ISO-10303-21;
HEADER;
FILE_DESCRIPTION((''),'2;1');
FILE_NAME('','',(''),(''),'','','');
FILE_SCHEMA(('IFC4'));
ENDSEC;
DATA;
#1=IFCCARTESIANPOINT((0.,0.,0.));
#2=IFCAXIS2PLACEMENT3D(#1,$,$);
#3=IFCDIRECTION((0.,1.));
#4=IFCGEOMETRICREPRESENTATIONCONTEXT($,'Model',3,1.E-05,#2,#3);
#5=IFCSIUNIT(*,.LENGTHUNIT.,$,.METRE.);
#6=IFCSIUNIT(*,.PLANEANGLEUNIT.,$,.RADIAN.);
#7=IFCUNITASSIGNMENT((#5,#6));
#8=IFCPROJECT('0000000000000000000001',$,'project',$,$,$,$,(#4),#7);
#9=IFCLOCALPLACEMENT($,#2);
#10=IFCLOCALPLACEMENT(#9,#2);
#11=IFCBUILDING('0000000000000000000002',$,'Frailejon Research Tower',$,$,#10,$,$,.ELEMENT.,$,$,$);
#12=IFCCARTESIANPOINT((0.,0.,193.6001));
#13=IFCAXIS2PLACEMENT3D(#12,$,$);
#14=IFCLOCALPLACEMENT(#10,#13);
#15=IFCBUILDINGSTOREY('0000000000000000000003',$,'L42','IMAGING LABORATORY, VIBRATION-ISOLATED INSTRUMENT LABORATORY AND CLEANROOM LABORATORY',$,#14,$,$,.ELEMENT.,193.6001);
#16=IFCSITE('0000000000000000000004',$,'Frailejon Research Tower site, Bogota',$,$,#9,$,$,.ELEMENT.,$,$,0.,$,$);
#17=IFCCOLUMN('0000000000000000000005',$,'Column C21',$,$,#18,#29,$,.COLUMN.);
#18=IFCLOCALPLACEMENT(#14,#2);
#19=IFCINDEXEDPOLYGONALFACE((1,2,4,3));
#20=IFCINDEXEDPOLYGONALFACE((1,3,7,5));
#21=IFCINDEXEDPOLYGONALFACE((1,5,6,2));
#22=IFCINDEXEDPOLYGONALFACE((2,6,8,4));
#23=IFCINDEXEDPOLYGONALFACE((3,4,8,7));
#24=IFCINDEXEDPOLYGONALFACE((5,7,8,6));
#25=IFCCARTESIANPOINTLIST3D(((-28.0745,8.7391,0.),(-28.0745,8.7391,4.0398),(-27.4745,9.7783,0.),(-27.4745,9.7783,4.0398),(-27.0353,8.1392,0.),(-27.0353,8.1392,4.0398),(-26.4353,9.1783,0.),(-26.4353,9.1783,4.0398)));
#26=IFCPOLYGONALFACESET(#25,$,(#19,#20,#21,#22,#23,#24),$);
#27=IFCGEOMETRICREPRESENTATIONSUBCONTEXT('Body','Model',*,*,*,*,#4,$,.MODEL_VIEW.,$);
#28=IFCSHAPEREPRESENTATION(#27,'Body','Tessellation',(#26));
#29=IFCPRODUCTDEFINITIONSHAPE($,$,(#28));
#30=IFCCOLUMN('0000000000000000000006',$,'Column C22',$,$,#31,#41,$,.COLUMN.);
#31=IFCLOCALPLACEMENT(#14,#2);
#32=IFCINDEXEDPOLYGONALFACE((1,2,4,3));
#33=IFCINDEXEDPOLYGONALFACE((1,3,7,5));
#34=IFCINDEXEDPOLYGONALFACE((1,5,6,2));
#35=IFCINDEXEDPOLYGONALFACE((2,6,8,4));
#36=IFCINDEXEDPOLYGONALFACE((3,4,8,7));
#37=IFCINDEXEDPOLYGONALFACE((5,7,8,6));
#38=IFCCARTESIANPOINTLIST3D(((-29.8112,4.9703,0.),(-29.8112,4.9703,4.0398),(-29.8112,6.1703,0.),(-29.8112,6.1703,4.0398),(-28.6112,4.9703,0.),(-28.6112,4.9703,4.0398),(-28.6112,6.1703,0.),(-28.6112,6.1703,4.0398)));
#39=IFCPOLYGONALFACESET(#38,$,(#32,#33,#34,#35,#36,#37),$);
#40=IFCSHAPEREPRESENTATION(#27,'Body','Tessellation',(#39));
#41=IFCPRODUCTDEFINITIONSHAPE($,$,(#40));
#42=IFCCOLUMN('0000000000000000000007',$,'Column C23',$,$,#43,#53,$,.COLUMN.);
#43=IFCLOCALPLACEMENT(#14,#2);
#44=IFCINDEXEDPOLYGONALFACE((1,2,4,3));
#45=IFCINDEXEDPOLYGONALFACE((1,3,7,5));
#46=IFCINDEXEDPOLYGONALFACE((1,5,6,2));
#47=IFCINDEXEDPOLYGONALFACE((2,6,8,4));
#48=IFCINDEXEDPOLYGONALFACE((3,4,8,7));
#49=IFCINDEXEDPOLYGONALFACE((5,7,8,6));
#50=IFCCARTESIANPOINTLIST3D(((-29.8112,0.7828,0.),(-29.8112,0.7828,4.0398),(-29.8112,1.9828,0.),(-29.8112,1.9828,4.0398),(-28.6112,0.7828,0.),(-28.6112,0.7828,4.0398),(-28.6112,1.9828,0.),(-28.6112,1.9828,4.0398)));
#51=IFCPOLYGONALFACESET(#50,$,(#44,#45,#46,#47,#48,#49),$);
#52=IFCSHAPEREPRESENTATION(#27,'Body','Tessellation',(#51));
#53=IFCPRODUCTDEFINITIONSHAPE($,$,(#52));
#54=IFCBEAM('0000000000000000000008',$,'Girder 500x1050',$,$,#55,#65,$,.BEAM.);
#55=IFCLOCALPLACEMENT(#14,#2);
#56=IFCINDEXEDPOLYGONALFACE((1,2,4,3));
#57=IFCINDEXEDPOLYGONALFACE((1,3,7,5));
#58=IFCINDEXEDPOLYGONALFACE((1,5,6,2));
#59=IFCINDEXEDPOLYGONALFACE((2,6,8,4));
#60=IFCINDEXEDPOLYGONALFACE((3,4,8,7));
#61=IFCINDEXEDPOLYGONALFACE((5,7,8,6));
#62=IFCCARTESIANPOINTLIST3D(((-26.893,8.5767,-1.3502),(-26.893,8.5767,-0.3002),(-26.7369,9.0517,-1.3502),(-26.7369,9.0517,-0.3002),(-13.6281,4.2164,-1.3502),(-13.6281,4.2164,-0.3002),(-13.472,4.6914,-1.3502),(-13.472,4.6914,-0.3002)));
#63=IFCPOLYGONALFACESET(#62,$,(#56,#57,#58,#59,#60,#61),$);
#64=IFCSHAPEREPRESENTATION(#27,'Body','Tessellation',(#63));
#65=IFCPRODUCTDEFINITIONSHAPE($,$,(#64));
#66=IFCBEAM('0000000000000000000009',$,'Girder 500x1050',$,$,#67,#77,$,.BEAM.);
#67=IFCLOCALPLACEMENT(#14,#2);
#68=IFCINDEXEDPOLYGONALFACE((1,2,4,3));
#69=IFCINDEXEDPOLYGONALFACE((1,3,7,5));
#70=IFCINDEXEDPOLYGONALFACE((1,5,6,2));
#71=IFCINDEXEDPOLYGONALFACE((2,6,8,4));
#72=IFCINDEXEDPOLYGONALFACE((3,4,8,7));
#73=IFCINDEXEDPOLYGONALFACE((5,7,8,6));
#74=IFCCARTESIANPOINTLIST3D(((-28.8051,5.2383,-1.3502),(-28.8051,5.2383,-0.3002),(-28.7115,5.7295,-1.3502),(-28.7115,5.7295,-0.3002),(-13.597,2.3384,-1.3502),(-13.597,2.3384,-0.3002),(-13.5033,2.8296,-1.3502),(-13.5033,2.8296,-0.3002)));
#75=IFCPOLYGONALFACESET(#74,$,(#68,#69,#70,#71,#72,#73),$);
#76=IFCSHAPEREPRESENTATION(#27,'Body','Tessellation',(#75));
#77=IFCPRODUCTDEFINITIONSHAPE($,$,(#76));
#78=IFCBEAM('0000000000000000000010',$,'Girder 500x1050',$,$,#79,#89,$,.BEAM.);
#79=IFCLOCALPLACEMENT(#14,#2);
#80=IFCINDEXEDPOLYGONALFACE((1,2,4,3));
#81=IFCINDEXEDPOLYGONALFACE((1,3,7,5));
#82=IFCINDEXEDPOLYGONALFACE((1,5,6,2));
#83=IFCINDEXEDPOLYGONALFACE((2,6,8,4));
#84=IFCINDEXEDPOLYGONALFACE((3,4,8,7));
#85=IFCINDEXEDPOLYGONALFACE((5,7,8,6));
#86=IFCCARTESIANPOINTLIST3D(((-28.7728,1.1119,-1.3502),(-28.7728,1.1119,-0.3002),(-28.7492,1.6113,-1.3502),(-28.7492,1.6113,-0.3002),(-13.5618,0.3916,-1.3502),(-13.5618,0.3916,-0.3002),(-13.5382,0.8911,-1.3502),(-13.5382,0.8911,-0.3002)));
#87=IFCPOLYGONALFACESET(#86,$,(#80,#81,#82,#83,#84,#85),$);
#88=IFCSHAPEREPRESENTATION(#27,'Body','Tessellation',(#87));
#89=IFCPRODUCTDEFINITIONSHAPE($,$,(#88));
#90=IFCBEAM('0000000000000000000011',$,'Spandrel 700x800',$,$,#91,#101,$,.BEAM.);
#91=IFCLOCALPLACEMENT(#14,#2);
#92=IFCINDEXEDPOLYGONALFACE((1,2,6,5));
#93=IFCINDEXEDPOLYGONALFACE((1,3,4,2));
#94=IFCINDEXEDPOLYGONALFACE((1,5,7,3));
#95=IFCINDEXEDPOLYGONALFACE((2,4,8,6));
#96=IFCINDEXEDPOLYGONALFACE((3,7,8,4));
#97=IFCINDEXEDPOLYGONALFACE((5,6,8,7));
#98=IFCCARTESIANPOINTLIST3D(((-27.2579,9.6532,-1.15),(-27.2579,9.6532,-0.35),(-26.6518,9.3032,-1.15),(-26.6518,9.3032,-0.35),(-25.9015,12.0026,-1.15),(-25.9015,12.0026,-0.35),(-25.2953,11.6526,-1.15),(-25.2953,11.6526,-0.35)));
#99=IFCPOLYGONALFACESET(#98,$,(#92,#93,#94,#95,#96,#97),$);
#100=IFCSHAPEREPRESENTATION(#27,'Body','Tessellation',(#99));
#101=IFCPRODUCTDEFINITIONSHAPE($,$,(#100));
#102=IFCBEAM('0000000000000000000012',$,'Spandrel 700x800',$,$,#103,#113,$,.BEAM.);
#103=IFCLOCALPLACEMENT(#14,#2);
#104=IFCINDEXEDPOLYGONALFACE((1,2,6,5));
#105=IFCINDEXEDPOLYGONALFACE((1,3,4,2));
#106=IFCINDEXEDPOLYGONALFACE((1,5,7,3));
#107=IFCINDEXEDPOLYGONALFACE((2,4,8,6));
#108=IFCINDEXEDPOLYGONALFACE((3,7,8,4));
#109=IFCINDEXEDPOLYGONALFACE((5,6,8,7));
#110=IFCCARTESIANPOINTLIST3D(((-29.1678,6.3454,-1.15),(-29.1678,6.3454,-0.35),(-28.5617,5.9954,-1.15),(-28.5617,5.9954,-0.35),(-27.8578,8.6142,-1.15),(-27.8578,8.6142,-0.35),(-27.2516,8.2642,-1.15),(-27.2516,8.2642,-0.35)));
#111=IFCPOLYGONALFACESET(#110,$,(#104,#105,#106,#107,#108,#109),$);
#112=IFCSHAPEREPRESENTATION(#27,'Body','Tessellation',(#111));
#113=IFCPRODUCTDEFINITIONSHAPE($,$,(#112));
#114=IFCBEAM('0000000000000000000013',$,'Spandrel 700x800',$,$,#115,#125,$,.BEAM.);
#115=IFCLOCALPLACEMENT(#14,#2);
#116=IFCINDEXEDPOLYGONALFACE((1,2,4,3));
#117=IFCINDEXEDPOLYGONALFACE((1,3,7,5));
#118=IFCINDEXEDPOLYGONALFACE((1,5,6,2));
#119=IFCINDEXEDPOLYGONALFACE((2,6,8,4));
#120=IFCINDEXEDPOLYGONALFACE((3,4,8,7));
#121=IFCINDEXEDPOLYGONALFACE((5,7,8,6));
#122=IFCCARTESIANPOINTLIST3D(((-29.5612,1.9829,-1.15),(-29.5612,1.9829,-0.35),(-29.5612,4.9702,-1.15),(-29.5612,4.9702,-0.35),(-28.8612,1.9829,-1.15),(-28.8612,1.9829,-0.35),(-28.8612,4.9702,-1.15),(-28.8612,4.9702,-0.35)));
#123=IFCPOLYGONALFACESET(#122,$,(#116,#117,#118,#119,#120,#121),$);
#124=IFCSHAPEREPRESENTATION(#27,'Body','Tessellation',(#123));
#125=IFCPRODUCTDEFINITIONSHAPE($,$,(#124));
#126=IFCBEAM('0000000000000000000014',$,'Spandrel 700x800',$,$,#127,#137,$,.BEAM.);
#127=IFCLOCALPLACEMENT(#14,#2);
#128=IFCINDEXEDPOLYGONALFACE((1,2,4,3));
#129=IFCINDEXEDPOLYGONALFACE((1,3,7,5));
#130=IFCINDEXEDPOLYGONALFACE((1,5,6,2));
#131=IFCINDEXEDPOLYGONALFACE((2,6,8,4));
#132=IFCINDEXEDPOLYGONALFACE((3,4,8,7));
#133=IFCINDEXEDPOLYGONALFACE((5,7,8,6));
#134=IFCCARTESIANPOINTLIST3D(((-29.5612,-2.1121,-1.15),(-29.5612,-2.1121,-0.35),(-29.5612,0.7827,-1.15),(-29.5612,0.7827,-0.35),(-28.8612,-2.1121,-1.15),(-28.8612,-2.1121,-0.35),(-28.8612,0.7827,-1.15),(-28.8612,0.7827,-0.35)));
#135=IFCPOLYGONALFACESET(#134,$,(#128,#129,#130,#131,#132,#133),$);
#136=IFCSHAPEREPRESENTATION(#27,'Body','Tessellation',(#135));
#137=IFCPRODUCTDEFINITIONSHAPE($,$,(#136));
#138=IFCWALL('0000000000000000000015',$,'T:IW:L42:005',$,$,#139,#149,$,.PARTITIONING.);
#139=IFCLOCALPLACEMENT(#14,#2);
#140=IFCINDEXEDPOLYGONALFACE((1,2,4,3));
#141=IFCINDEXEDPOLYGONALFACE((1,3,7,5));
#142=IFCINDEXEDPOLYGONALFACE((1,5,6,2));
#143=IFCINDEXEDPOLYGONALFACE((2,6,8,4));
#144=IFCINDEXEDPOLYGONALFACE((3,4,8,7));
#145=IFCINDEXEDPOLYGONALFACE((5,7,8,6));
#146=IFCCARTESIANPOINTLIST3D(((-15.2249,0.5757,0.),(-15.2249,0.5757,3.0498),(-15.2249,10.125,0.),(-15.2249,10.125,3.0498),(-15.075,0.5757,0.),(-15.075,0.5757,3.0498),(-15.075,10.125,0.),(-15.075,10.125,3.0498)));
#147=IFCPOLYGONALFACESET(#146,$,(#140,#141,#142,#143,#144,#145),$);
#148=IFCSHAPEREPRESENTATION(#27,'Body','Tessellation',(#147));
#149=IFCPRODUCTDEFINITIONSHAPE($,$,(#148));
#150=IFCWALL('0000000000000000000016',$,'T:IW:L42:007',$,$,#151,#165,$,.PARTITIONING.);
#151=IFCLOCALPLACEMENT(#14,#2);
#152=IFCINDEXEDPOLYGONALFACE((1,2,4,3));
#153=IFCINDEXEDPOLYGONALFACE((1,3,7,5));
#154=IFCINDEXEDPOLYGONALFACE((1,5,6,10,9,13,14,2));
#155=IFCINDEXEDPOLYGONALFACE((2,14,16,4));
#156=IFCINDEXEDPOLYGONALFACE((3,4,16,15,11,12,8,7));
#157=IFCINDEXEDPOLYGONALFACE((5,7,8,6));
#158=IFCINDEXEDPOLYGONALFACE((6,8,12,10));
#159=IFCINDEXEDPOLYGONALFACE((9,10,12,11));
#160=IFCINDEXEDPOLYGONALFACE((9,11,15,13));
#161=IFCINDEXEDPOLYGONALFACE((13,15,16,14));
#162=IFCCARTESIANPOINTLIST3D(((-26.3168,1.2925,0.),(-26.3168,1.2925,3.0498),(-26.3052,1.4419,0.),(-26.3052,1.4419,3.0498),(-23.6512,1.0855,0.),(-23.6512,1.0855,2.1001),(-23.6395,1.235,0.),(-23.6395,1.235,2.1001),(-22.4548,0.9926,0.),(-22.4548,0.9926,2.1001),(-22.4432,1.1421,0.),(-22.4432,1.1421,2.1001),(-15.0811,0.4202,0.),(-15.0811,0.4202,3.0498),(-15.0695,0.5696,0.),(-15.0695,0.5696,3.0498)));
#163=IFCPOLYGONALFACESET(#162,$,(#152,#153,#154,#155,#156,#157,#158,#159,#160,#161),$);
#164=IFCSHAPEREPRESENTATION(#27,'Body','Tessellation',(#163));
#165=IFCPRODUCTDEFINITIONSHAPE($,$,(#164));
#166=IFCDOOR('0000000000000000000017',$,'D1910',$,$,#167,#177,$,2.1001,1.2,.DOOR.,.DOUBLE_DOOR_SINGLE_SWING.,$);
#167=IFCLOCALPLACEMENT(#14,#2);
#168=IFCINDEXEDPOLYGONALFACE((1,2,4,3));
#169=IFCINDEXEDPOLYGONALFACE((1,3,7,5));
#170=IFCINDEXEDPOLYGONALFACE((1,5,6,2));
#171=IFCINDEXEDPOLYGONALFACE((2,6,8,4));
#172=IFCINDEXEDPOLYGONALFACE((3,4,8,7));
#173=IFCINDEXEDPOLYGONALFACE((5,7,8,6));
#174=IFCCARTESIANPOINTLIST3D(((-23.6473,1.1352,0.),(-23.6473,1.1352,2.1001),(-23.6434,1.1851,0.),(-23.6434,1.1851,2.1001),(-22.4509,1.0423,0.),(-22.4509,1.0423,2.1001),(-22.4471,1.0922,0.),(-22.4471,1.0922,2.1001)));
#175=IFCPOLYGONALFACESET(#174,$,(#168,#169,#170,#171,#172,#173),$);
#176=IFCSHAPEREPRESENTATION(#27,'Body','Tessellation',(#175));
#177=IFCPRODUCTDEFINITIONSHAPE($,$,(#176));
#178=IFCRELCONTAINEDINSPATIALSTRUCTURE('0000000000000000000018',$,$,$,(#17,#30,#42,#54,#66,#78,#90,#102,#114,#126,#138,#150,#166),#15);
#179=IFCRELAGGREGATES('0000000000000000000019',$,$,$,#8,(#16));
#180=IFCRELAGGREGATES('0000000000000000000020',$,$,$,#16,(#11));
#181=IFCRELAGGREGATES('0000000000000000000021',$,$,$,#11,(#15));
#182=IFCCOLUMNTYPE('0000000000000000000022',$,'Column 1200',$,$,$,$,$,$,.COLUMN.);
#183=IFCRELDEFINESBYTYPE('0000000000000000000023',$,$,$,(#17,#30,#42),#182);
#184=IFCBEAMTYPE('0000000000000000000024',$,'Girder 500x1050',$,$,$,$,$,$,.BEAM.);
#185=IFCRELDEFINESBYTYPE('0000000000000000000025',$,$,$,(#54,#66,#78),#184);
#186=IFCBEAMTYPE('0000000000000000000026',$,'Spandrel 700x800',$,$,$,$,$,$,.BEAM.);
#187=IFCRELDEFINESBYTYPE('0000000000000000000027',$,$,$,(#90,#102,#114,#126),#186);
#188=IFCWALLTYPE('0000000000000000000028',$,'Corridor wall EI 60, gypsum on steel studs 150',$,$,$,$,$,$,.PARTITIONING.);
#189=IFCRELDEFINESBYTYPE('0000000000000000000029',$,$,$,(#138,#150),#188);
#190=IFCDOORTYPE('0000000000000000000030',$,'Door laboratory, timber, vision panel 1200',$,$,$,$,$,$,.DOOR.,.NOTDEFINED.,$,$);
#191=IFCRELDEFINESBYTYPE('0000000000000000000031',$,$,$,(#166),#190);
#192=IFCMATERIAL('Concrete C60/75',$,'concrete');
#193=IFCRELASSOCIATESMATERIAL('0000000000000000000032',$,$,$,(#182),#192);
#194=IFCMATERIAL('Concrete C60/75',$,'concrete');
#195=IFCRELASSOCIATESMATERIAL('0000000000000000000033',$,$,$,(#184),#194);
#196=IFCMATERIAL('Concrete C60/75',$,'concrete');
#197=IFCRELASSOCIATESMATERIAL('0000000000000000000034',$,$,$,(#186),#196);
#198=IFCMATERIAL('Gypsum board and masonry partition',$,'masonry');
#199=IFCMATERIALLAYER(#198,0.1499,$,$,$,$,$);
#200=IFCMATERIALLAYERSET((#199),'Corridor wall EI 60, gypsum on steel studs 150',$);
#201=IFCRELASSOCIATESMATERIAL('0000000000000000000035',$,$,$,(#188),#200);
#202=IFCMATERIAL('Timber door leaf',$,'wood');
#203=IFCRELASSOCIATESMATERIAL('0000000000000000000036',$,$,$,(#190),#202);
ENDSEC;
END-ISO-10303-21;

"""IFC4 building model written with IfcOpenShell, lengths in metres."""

from ifc_helpers import new_model, si_unit, direction, frame, frame_2d, origin, origin_2d, place, context, subcontext, project, spatial, rectangle, extrude, material, layer, layer_set, material_profile, profile_set, type_object, element, fill, save


model = new_model("IFC4")

# Units and contexts
model_context = context("Model", 3, precision=1e-05, world=origin(), true_north=direction((0.0, 1.0)))
body_context = subcontext(model_context, "Body", "Model", "MODEL_VIEW")
ifc_project = project(units=[si_unit("LENGTHUNIT", "METRE"), si_unit("PLANEANGLEUNIT", "RADIAN")], contexts=[model_context])

# Site, building, storey
site_placement = place(None, origin())
site = spatial("IfcSite", under=ifc_project, at=site_placement, Name="Frailejon Research Tower site, Bogota", CompositionType="ELEMENT", RefElevation=0.0)
building_placement = place(site_placement, origin())
building = spatial("IfcBuilding", under=site, at=building_placement, Name="Frailejon Research Tower", CompositionType="ELEMENT")
storey_placement = place(building_placement, frame((0.0, 0.0, 193.6001)))
storey = spatial("IfcBuildingStorey", under=building, at=storey_placement, Name="L42", Description="IMAGING LABORATORY, VIBRATION-ISOLATED INSTRUMENT LABORATORY AND CLEANROOM LABORATORY", CompositionType="ELEMENT", Elevation=193.6001)

# Columns
ifc_material_1 = material(Name="Concrete C60/75", Category="concrete")
ifc_material_profile_1 = material_profile(ifc_material_1, rectangle(XDim=1.2, YDim=1.2, at=origin_2d()), Name="Column 1200")
ifc_profile_set_1 = profile_set([ifc_material_profile_1], Name="Concrete C60/75")
column_type = type_object("IfcColumnType", Name="Column 1200", PredefinedType="COLUMN", material=ifc_profile_set_1)
for number, where, z_axis, x_axis, name in (
    (1, (-27.2549, 8.9587, 0.0), (0.0, 0.0, 1.0), (-0.5, -0.866025, 0.0), "Column C21"),
    (2, (-29.2112, 5.5703, 0.0), (0.0, 0.0, 1.0), (0.0, -1.0, 0.0), "Column C22"),
    (3, (-29.2112, 1.3828, 0.0), (0.0, 0.0, 1.0), (0.0, -1.0, 0.0), "Column C23"),
):
    element("IfcColumn", number, at=place(storey_placement, frame(where, z_axis=z_axis, x_axis=x_axis)), inside=storey, type_object=column_type, Name=name, PredefinedType="COLUMN", context=body_context, shape_type="SweptSolid", body=[
        extrude(rectangle(XDim=1.2, YDim=1.2, at=origin_2d()), origin(), (0.0, 0.0, 1.0), 4.0398),
    ])

# Beams
ifc_material_2 = material(Name="Concrete C60/75", Category="concrete")
ifc_material_profile_2 = material_profile(ifc_material_2, rectangle(XDim=0.5, YDim=1.05, at=origin_2d()), Name="Girder 500x1050")
ifc_profile_set_2 = profile_set([ifc_material_profile_2], Name="Concrete C60/75")
beam_type_1 = type_object("IfcBeamType", Name="Girder 500x1050", PredefinedType="BEAM", material=ifc_profile_set_2)
beam_1_placement = place(storey_placement, frame((-26.8149, 8.8142, -0.8252), z_axis=(0.949992, -0.312275, 0.0), x_axis=(0.312275, 0.949992, 0.0)))
element("IfcBeam", 4, at=beam_1_placement, inside=storey, type_object=beam_type_1, Name="Girder 500x1050", PredefinedType="BEAM", context=body_context, shape_type="SweptSolid", body=[
    extrude(rectangle(XDim=0.5, YDim=1.05, at=origin_2d()), origin(), (0.0, 0.0, 1.0), 13.9631),
])
beam_2_placement = place(storey_placement, frame((-28.7583, 5.4839, -0.8252), z_axis=(0.982302, -0.187305, 0.0), x_axis=(0.187305, 0.982302, 0.0)))
element("IfcBeam", 5, at=beam_2_placement, inside=storey, type_object=beam_type_1, Name="Girder 500x1050", PredefinedType="BEAM", context=body_context, shape_type="SweptSolid", body=[
    extrude(rectangle(XDim=0.5, YDim=1.05, at=origin_2d()), origin(), (0.0, 0.0, 1.0), 15.4822),
])
beam_3_placement = place(storey_placement, frame((-28.761, 1.3616, -0.8252), z_axis=(0.998881, -0.047295, 0.0), x_axis=(0.047295, 0.998881, 0.0)))
element("IfcBeam", 6, at=beam_3_placement, inside=storey, type_object=beam_type_1, Name="Girder 500x1050", PredefinedType="BEAM", context=body_context, shape_type="SweptSolid", body=[
    extrude(rectangle(XDim=0.5, YDim=1.05, at=origin_2d()), origin(), (0.0, 0.0, 1.0), 15.228),
])
ifc_material_3 = material(Name="Concrete C60/75", Category="concrete")
ifc_material_profile_3 = material_profile(ifc_material_3, rectangle(XDim=0.7, YDim=0.8, at=origin_2d()), Name="Spandrel 700x800")
ifc_profile_set_3 = profile_set([ifc_material_profile_3], Name="Concrete C60/75")
beam_type_2 = type_object("IfcBeamType", Name="Spandrel 700x800", PredefinedType="BEAM", material=ifc_profile_set_3)
beam_4_placement = place(storey_placement, frame((-25.5984, 11.8276, -0.75), z_axis=(-0.500011, -0.866019, 0.0), x_axis=(0.866019, -0.500011, 0.0)))
element("IfcBeam", 7, at=beam_4_placement, inside=storey, type_object=beam_type_2, Name="Spandrel 700x800", PredefinedType="BEAM", context=body_context, shape_type="SweptSolid", body=[
    extrude(rectangle(XDim=0.7, YDim=0.8, at=origin_2d()), origin(), (0.0, 0.0, 1.0), 2.7129),
])
beam_5_placement = place(storey_placement, frame((-27.5547, 8.4392, -0.75), z_axis=(-0.500048, -0.865998, 0.0), x_axis=(0.865998, -0.500048, 0.0)))
element("IfcBeam", 8, at=beam_5_placement, inside=storey, type_object=beam_type_2, Name="Spandrel 700x800", PredefinedType="BEAM", context=body_context, shape_type="SweptSolid", body=[
    extrude(rectangle(XDim=0.7, YDim=0.8, at=origin_2d()), origin(), (0.0, 0.0, 1.0), 2.6199),
])
beam_6_placement = place(storey_placement, frame((-29.2112, 4.9702, -0.75), z_axis=(0.0, -1.0, 0.0), x_axis=(1.0, 0.0, 0.0)))
element("IfcBeam", 9, at=beam_6_placement, inside=storey, type_object=beam_type_2, Name="Spandrel 700x800", PredefinedType="BEAM", context=body_context, shape_type="SweptSolid", body=[
    extrude(rectangle(XDim=0.7, YDim=0.8, at=origin_2d()), origin(), (0.0, 0.0, 1.0), 2.9873),
])
beam_7_placement = place(storey_placement, frame((-29.2112, 0.7827, -0.75), z_axis=(0.0, -1.0, 0.0), x_axis=(1.0, 0.0, 0.0)))
element("IfcBeam", 10, at=beam_7_placement, inside=storey, type_object=beam_type_2, Name="Spandrel 700x800", PredefinedType="BEAM", context=body_context, shape_type="SweptSolid", body=[
    extrude(rectangle(XDim=0.7, YDim=0.8, at=origin_2d()), origin(), (0.0, 0.0, 1.0), 2.8948),
])

# Wall
ifc_material_4 = material(Name="Gypsum board and masonry partition", Category="masonry")
ifc_layer_1 = layer(ifc_material_4, 0.1499)
ifc_layer_set_1 = layer_set([ifc_layer_1], Name="Corridor wall EI 60, gypsum on steel studs 150")
wall_type_1 = type_object("IfcWallType", Name="Corridor wall EI 60, gypsum on steel studs 150", PredefinedType="PARTITIONING", material=ifc_layer_set_1)
wall_1_placement = place(storey_placement, frame((-15.1499, 0.5757, 0.0), z_axis=(0.0, 0.0, 1.0), x_axis=(0.0, 1.0, 0.0)))
element("IfcWall", 11, at=wall_1_placement, inside=storey, type_object=wall_type_1, Name="T:IW:L42:005", PredefinedType="PARTITIONING", context=body_context, shape_type="SweptSolid", body=[
    extrude(rectangle(XDim=9.5493, YDim=0.1499, at=frame_2d((4.7747, 0.0))), origin(), (0.0, 0.0, 1.0), 3.0498),
])

# Wall, opening, door
wall_2_placement = place(storey_placement, frame((-26.311, 1.3672, 0.0), z_axis=(0.0, 0.0, 1.0), x_axis=(0.997, -0.077404, 0.0)))
wall_2 = element("IfcWall", 12, at=wall_2_placement, inside=storey, type_object=wall_type_1, Name="T:IW:L42:007", PredefinedType="PARTITIONING", context=body_context, shape_type="SweptSolid", body=[
    extrude(rectangle(XDim=11.2695, YDim=0.1499, at=frame_2d((5.6348, 0.0))), origin(), (0.0, 0.0, 1.0), 3.0498),
])
opening_1_placement = place(wall_2_placement, frame((2.6736, 0.0, 0.0)))
opening_1 = element("IfcOpeningElement", 13, at=opening_1_placement, cuts=wall_2, PredefinedType="OPENING", context=body_context, shape_type="SweptSolid", body=[
    extrude(rectangle(XDim=1.2, YDim=2.1001, at=frame_2d((0.6001, 1.05))), frame((0.0, 0.085, 0.0), z_axis=(0.0, -1.0, 0.0), x_axis=(1.0, 0.0, 0.0)), (0.0, 0.0, 1.0), 0.1699),
])
ifc_material_5 = material(Name="Timber door leaf", Category="wood")
door_type = type_object("IfcDoorType", Name="Door laboratory, timber, vision panel 1200", OperationType="NOTDEFINED", PredefinedType="DOOR", material=ifc_material_5)
door_placement = place(opening_1_placement, origin())
door = element("IfcDoor", 14, at=door_placement, inside=storey, type_object=door_type, Name="D1910", OperationType="DOUBLE_DOOR_SINGLE_SWING", OverallHeight=2.1001, OverallWidth=1.2, PredefinedType="DOOR", context=body_context, shape_type="SweptSolid", body=[
    extrude(rectangle(XDim=1.2, YDim=2.1001, at=frame_2d((0.6001, 1.05))), frame((0.0, 0.0249, 0.0), z_axis=(0.0, -1.0, 0.0), x_axis=(1.0, 0.0, 0.0)), (0.0, 0.0, 1.0), 0.05),
])
fill(opening_1, door)

save(model, "model.ifc")
